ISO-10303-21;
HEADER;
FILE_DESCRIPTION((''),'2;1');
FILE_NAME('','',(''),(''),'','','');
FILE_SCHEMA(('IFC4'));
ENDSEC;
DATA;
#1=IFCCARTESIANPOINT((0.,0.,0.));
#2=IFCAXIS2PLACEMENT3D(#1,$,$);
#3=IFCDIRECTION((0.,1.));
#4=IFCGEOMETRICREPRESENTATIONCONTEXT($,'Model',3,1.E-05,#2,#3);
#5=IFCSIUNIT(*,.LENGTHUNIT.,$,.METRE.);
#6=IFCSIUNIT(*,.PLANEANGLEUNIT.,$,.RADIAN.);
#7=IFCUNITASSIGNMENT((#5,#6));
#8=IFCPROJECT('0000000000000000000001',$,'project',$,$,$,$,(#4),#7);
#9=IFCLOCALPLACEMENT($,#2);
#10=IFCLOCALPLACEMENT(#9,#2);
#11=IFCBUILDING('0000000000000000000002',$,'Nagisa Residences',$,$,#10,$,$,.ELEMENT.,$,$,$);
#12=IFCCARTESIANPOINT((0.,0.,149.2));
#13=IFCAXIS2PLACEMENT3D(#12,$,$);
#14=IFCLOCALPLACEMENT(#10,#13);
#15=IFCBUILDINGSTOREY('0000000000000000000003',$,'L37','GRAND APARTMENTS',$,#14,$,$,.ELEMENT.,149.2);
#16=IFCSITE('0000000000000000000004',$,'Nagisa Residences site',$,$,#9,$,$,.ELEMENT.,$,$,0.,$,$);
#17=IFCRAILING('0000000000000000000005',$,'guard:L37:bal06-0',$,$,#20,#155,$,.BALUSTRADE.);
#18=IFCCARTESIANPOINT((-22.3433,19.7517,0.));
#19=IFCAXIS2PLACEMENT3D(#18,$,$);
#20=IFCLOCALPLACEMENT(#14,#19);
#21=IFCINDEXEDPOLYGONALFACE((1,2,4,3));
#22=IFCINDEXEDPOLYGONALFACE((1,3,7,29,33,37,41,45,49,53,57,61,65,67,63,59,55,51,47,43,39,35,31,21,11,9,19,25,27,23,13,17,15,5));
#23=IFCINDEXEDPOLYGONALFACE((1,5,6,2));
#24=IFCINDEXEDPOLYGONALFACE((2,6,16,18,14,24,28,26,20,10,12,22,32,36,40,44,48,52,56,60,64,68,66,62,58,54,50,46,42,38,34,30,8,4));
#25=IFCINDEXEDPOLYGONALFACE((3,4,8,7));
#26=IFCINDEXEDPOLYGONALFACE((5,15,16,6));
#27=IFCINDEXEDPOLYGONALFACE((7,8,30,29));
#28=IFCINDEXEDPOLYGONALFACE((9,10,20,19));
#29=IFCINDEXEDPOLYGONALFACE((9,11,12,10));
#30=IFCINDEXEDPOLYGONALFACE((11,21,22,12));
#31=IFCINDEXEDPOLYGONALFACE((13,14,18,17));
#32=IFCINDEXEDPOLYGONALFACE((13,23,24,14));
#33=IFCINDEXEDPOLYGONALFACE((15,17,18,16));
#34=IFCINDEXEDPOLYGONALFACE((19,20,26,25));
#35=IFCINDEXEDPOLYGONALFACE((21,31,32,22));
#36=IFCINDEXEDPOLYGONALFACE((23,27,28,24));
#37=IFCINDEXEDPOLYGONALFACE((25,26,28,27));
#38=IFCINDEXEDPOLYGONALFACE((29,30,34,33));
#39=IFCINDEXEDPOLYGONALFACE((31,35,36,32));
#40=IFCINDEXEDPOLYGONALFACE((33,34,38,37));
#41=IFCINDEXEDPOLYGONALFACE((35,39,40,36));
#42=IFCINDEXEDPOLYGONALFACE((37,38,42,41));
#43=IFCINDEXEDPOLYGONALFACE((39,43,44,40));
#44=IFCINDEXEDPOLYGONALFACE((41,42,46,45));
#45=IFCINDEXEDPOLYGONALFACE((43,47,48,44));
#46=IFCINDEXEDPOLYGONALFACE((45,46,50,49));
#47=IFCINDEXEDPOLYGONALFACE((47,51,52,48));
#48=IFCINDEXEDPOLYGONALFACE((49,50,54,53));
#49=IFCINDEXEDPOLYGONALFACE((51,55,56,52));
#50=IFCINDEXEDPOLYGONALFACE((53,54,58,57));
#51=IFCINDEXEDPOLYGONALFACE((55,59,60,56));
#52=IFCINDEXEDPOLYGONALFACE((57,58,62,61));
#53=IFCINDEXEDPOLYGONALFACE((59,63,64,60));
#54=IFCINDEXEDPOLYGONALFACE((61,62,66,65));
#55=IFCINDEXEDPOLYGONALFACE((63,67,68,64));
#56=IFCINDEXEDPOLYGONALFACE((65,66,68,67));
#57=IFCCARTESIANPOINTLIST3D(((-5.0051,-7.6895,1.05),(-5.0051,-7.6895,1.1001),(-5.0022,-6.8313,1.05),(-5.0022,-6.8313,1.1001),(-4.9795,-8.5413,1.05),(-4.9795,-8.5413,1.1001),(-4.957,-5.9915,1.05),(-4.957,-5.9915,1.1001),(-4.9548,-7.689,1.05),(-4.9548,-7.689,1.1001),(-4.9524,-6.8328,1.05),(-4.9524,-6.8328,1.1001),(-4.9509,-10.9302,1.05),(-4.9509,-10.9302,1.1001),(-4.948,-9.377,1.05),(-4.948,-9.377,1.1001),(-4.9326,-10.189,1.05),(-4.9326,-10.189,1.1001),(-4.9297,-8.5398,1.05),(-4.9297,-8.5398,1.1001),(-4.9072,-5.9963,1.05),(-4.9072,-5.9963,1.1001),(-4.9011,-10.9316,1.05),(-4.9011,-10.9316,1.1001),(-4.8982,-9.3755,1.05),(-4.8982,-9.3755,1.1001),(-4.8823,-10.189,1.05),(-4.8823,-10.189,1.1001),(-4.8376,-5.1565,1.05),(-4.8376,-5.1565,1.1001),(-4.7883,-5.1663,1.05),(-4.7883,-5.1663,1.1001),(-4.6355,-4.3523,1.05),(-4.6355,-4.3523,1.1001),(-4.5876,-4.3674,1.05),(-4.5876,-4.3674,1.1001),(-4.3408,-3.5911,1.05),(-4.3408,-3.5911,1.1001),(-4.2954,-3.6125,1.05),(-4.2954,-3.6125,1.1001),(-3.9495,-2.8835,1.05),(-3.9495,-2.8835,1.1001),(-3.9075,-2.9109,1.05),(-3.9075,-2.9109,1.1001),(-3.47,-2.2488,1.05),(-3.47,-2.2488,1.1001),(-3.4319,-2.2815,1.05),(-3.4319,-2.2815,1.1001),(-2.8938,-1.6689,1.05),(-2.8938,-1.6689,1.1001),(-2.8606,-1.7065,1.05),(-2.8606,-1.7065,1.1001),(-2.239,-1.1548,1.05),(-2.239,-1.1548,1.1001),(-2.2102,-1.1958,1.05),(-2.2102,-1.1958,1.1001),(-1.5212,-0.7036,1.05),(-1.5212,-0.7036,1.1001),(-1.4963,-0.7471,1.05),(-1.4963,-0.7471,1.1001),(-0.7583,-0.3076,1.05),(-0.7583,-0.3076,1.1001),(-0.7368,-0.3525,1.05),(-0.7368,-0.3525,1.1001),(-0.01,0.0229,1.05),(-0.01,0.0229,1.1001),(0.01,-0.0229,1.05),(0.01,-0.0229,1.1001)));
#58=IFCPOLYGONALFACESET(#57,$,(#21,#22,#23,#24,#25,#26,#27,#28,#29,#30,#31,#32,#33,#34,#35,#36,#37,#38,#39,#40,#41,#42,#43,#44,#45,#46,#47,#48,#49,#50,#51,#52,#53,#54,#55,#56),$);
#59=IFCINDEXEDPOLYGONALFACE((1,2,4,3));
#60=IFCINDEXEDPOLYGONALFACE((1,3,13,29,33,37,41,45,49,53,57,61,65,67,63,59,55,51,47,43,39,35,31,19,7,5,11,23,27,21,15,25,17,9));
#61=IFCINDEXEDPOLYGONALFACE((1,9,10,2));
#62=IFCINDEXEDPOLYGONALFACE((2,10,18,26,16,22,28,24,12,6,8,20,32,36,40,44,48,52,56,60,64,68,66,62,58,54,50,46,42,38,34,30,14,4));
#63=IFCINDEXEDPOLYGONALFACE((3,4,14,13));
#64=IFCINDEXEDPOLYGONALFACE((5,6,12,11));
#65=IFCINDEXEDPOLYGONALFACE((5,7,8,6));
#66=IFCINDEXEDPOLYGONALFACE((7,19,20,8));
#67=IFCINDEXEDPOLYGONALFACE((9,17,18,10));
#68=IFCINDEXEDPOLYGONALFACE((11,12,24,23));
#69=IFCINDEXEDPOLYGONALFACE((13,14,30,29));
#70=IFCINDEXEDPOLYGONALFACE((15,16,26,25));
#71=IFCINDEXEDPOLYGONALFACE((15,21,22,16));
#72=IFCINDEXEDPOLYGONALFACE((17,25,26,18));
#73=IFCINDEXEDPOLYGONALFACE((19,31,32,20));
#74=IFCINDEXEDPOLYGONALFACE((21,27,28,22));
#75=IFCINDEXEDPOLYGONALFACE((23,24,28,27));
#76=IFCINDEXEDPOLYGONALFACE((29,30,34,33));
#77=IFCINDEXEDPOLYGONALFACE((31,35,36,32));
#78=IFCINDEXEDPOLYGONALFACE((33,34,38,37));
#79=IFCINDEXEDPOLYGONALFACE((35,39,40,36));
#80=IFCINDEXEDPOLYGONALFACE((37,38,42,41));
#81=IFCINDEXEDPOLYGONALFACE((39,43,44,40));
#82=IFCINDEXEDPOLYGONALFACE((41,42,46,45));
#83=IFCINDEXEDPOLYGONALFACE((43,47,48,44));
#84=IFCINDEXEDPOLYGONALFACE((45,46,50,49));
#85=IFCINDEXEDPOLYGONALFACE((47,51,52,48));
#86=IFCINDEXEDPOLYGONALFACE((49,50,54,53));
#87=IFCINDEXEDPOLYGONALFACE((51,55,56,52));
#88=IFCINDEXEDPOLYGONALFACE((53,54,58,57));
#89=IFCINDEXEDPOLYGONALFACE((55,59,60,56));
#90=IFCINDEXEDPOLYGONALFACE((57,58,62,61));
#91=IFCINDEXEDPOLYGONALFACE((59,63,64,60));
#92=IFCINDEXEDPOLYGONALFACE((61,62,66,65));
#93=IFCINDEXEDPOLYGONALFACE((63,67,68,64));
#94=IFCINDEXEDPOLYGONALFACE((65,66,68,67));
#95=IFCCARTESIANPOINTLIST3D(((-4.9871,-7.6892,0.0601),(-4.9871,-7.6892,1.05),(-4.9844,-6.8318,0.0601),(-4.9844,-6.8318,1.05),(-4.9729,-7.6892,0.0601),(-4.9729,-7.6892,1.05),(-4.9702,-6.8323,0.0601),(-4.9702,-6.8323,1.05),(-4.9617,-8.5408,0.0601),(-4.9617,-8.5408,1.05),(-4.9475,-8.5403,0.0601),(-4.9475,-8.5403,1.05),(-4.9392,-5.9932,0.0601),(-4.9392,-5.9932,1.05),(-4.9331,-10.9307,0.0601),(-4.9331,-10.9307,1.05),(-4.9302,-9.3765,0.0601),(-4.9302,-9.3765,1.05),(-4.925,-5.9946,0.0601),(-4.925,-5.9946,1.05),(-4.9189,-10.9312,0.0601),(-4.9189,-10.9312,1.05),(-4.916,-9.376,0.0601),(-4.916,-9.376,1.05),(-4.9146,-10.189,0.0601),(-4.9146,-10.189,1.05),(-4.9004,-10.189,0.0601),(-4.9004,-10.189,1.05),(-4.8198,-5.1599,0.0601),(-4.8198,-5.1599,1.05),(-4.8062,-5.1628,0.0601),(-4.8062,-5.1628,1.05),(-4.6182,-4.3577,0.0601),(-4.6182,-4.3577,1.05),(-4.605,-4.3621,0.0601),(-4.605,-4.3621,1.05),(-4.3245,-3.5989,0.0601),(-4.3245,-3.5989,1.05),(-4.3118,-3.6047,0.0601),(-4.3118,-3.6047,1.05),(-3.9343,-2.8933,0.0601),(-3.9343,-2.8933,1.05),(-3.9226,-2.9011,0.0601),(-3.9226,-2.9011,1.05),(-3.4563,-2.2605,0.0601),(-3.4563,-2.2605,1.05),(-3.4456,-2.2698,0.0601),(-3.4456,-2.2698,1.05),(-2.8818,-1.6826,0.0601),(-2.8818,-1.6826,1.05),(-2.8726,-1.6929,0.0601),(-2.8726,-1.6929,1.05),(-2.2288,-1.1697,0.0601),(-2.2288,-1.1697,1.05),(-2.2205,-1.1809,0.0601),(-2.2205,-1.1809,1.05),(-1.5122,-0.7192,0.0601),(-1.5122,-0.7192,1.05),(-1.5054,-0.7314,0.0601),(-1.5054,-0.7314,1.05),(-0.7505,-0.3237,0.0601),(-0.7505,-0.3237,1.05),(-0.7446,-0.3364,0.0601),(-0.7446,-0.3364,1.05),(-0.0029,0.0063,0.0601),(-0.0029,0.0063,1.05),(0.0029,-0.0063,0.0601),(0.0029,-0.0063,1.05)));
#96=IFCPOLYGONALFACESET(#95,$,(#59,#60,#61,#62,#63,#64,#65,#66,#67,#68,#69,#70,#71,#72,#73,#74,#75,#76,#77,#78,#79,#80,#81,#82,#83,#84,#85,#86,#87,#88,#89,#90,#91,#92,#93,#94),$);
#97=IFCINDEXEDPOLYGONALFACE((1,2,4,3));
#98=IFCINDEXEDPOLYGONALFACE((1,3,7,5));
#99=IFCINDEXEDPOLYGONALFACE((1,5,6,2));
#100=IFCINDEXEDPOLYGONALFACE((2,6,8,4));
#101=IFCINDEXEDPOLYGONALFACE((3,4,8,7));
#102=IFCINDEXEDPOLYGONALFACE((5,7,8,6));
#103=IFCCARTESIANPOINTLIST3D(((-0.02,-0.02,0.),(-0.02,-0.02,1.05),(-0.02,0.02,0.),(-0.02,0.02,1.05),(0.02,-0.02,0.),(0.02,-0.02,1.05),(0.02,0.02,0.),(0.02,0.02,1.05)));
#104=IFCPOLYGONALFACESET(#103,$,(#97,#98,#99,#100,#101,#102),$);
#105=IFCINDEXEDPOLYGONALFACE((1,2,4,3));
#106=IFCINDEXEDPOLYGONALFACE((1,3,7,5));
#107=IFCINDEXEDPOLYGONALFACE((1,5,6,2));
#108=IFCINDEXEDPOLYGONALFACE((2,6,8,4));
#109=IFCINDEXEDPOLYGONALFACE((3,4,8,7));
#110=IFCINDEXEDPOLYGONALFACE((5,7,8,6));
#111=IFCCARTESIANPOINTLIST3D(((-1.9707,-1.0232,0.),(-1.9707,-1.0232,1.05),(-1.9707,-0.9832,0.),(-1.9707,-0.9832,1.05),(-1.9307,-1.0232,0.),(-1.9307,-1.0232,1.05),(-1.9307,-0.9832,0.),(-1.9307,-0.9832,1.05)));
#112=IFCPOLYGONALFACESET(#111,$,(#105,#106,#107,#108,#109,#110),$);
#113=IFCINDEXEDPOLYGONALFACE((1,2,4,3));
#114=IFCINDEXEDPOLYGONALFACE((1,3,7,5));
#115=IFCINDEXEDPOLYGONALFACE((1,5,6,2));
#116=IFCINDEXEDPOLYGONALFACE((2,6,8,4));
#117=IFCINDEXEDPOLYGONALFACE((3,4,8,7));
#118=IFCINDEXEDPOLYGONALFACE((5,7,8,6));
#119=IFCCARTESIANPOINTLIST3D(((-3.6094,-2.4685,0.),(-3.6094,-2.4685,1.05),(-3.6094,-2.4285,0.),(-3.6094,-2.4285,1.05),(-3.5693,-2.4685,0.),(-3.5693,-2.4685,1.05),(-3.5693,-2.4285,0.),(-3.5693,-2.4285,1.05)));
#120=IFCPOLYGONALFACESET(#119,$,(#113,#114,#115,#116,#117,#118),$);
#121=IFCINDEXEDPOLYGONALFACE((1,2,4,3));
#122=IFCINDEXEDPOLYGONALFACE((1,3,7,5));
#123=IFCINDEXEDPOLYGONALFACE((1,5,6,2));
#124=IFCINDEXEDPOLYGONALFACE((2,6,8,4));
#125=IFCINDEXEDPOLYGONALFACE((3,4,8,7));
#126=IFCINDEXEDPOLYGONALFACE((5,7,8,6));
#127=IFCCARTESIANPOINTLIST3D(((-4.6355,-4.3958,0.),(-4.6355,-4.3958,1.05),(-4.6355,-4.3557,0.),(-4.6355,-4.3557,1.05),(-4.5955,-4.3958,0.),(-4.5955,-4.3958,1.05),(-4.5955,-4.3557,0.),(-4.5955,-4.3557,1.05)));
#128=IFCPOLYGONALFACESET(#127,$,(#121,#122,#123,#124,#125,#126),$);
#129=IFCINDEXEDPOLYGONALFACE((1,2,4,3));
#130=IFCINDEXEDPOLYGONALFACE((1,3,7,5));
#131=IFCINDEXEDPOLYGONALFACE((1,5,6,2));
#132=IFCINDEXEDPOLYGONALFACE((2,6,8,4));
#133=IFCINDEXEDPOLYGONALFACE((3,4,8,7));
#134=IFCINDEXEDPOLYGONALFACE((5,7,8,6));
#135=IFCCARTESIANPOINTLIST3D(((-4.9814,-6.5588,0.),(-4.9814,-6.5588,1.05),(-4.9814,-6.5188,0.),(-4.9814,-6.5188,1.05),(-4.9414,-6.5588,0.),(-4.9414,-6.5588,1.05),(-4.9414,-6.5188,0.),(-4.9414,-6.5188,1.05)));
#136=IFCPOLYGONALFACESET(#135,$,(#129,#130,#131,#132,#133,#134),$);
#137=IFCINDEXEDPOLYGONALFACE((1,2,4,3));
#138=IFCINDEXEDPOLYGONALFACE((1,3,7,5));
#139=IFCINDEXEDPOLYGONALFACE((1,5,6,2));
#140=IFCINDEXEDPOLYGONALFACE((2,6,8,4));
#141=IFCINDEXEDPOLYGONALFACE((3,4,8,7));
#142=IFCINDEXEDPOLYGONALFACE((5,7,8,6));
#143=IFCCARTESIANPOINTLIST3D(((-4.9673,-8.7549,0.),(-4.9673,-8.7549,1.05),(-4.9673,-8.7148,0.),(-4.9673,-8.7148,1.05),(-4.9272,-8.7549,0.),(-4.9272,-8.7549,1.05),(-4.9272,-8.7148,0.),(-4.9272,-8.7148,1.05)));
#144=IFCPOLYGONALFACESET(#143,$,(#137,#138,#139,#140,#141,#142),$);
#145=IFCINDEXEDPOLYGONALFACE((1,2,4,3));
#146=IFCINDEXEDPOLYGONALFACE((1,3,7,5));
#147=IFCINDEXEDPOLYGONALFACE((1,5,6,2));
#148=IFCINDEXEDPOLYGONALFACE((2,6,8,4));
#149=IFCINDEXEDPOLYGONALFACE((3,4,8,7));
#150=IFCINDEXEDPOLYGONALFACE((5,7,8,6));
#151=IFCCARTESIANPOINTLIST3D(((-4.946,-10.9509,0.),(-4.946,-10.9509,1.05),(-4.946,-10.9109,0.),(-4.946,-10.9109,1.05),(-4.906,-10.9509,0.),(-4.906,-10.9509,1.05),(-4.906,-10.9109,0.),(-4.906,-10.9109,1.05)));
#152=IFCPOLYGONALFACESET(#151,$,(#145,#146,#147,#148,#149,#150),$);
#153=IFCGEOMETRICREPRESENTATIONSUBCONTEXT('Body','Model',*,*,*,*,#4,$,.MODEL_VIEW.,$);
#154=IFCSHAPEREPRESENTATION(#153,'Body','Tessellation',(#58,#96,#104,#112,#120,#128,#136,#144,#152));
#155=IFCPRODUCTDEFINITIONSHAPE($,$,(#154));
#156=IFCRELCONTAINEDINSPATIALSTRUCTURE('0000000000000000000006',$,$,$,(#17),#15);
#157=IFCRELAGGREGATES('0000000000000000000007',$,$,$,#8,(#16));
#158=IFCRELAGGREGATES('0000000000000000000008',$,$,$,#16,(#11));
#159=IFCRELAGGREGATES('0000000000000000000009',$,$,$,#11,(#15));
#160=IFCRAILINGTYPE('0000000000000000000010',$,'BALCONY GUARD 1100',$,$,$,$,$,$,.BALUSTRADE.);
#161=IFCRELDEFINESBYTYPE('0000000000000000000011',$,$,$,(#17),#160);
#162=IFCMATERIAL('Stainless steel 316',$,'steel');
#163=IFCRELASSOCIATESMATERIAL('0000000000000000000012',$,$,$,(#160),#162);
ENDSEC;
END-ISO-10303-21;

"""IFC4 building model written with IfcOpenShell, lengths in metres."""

from ifc_helpers import new_model, si_unit, direction, frame, origin, origin_2d, place, context, subcontext, project, spatial, polyline, rectangle, outline, extrude, material, type_object, element, save


model = new_model("IFC4")

# Units and contexts
model_context = context("Model", 3, precision=1e-05, world=origin(), true_north=direction((0.0, 1.0)))
body_context = subcontext(model_context, "Body", "Model", "MODEL_VIEW")
ifc_project = project(units=[si_unit("LENGTHUNIT", "METRE"), si_unit("PLANEANGLEUNIT", "RADIAN")], contexts=[model_context])

# Site, building, storey
site_placement = place(None, origin())
site = spatial("IfcSite", under=ifc_project, at=site_placement, Name="Nagisa Residences site", CompositionType="ELEMENT", RefElevation=0.0)
building_placement = place(site_placement, origin())
building = spatial("IfcBuilding", under=site, at=building_placement, Name="Nagisa Residences", CompositionType="ELEMENT")
storey_placement = place(building_placement, frame((0.0, 0.0, 149.2)))
storey = spatial("IfcBuildingStorey", under=building, at=storey_placement, Name="L37", Description="GRAND APARTMENTS", CompositionType="ELEMENT", Elevation=149.2)

# Railing
ifc_material_1 = material(Name="Stainless steel 316", Category="steel")
railing_type = type_object("IfcRailingType", Name="BALCONY GUARD 1100", PredefinedType="BALUSTRADE", material=ifc_material_1)
railing_1_placement = place(storey_placement, frame((-22.3433, 19.7517, 0.0)))
element("IfcRailing", 1, at=railing_1_placement, inside=storey, type_object=railing_type, Name="guard:L37:bal06-0", PredefinedType="BALUSTRADE", context=body_context, shape_type="SweptSolid", body=[
    extrude(outline(polyline([(-0.7368, -0.3525), (0.01, -0.0229), (-0.01, 0.0229), (-0.7583, -0.3076), (-1.5212, -0.7036), (-2.239, -1.1548), (-2.8938, -1.6689), (-3.47, -2.2488), (-3.9495, -2.8835), (-4.3408, -3.5911), (-4.6355, -4.3523), (-4.8376, -5.1565), (-4.957, -5.9915), (-5.0022, -6.8313), (-5.0051, -7.6895), (-4.9795, -8.5413), (-4.948, -9.377), (-4.9326, -10.189), (-4.9509, -10.9302), (-4.9011, -10.9316), (-4.8823, -10.189), (-4.8982, -9.3755), (-4.9297, -8.5398), (-4.9548, -7.689), (-4.9524, -6.8328), (-4.9072, -5.9963), (-4.7883, -5.1663), (-4.5876, -4.3674), (-4.2954, -3.6125), (-3.9075, -2.9109), (-3.4319, -2.2815), (-2.8606, -1.7065), (-2.2102, -1.1958), (-1.4963, -0.7471), (-0.7368, -0.3525)])), frame((0.0, 0.0, 1.05)), (0.0, 0.0, 1.0), 0.05),
    extrude(outline(polyline([(-0.7446, -0.3364), (0.0029, -0.0063), (-0.0029, 0.0063), (-0.7505, -0.3237), (-1.5122, -0.7192), (-2.2288, -1.1697), (-2.8818, -1.6826), (-3.4563, -2.2605), (-3.9343, -2.8933), (-4.3245, -3.5989), (-4.6182, -4.3577), (-4.8198, -5.1599), (-4.9392, -5.9932), (-4.9844, -6.8318), (-4.9871, -7.6892), (-4.9617, -8.5408), (-4.9302, -9.3765), (-4.9146, -10.189), (-4.9331, -10.9307), (-4.9189, -10.9312), (-4.9004, -10.189), (-4.916, -9.376), (-4.9475, -8.5403), (-4.9729, -7.6892), (-4.9702, -6.8323), (-4.925, -5.9946), (-4.8062, -5.1628), (-4.605, -4.3621), (-4.3118, -3.6047), (-3.9226, -2.9011), (-3.4456, -2.2698), (-2.8726, -1.6929), (-2.2205, -1.1809), (-1.5054, -0.7314), (-0.7446, -0.3364)])), frame((0.0, 0.0, 0.0601)), (0.0, 0.0, 1.0), 0.99),
    extrude(rectangle(XDim=0.04, YDim=0.04, at=origin_2d()), origin(), (0.0, 0.0, 1.0), 1.05),
    extrude(rectangle(XDim=0.04, YDim=0.04, at=origin_2d()), frame((-1.9507, -1.0032, 0.0)), (0.0, 0.0, 1.0), 1.05),
    extrude(rectangle(XDim=0.04, YDim=0.04, at=origin_2d()), frame((-3.5894, -2.4485, 0.0)), (0.0, 0.0, 1.0), 1.05),
    extrude(rectangle(XDim=0.04, YDim=0.04, at=origin_2d()), frame((-4.6155, -4.3757, 0.0)), (0.0, 0.0, 1.0), 1.05),
    extrude(rectangle(XDim=0.04, YDim=0.04, at=origin_2d()), frame((-4.9614, -6.5388, 0.0)), (0.0, 0.0, 1.0), 1.05),
    extrude(rectangle(XDim=0.04, YDim=0.04, at=origin_2d()), frame((-4.9473, -8.7349, 0.0)), (0.0, 0.0, 1.0), 1.05),
    extrude(rectangle(XDim=0.04, YDim=0.04, at=origin_2d()), frame((-4.926, -10.9309, 0.0)), (0.0, 0.0, 1.0), 1.05),
])

save(model, "model.ifc")
